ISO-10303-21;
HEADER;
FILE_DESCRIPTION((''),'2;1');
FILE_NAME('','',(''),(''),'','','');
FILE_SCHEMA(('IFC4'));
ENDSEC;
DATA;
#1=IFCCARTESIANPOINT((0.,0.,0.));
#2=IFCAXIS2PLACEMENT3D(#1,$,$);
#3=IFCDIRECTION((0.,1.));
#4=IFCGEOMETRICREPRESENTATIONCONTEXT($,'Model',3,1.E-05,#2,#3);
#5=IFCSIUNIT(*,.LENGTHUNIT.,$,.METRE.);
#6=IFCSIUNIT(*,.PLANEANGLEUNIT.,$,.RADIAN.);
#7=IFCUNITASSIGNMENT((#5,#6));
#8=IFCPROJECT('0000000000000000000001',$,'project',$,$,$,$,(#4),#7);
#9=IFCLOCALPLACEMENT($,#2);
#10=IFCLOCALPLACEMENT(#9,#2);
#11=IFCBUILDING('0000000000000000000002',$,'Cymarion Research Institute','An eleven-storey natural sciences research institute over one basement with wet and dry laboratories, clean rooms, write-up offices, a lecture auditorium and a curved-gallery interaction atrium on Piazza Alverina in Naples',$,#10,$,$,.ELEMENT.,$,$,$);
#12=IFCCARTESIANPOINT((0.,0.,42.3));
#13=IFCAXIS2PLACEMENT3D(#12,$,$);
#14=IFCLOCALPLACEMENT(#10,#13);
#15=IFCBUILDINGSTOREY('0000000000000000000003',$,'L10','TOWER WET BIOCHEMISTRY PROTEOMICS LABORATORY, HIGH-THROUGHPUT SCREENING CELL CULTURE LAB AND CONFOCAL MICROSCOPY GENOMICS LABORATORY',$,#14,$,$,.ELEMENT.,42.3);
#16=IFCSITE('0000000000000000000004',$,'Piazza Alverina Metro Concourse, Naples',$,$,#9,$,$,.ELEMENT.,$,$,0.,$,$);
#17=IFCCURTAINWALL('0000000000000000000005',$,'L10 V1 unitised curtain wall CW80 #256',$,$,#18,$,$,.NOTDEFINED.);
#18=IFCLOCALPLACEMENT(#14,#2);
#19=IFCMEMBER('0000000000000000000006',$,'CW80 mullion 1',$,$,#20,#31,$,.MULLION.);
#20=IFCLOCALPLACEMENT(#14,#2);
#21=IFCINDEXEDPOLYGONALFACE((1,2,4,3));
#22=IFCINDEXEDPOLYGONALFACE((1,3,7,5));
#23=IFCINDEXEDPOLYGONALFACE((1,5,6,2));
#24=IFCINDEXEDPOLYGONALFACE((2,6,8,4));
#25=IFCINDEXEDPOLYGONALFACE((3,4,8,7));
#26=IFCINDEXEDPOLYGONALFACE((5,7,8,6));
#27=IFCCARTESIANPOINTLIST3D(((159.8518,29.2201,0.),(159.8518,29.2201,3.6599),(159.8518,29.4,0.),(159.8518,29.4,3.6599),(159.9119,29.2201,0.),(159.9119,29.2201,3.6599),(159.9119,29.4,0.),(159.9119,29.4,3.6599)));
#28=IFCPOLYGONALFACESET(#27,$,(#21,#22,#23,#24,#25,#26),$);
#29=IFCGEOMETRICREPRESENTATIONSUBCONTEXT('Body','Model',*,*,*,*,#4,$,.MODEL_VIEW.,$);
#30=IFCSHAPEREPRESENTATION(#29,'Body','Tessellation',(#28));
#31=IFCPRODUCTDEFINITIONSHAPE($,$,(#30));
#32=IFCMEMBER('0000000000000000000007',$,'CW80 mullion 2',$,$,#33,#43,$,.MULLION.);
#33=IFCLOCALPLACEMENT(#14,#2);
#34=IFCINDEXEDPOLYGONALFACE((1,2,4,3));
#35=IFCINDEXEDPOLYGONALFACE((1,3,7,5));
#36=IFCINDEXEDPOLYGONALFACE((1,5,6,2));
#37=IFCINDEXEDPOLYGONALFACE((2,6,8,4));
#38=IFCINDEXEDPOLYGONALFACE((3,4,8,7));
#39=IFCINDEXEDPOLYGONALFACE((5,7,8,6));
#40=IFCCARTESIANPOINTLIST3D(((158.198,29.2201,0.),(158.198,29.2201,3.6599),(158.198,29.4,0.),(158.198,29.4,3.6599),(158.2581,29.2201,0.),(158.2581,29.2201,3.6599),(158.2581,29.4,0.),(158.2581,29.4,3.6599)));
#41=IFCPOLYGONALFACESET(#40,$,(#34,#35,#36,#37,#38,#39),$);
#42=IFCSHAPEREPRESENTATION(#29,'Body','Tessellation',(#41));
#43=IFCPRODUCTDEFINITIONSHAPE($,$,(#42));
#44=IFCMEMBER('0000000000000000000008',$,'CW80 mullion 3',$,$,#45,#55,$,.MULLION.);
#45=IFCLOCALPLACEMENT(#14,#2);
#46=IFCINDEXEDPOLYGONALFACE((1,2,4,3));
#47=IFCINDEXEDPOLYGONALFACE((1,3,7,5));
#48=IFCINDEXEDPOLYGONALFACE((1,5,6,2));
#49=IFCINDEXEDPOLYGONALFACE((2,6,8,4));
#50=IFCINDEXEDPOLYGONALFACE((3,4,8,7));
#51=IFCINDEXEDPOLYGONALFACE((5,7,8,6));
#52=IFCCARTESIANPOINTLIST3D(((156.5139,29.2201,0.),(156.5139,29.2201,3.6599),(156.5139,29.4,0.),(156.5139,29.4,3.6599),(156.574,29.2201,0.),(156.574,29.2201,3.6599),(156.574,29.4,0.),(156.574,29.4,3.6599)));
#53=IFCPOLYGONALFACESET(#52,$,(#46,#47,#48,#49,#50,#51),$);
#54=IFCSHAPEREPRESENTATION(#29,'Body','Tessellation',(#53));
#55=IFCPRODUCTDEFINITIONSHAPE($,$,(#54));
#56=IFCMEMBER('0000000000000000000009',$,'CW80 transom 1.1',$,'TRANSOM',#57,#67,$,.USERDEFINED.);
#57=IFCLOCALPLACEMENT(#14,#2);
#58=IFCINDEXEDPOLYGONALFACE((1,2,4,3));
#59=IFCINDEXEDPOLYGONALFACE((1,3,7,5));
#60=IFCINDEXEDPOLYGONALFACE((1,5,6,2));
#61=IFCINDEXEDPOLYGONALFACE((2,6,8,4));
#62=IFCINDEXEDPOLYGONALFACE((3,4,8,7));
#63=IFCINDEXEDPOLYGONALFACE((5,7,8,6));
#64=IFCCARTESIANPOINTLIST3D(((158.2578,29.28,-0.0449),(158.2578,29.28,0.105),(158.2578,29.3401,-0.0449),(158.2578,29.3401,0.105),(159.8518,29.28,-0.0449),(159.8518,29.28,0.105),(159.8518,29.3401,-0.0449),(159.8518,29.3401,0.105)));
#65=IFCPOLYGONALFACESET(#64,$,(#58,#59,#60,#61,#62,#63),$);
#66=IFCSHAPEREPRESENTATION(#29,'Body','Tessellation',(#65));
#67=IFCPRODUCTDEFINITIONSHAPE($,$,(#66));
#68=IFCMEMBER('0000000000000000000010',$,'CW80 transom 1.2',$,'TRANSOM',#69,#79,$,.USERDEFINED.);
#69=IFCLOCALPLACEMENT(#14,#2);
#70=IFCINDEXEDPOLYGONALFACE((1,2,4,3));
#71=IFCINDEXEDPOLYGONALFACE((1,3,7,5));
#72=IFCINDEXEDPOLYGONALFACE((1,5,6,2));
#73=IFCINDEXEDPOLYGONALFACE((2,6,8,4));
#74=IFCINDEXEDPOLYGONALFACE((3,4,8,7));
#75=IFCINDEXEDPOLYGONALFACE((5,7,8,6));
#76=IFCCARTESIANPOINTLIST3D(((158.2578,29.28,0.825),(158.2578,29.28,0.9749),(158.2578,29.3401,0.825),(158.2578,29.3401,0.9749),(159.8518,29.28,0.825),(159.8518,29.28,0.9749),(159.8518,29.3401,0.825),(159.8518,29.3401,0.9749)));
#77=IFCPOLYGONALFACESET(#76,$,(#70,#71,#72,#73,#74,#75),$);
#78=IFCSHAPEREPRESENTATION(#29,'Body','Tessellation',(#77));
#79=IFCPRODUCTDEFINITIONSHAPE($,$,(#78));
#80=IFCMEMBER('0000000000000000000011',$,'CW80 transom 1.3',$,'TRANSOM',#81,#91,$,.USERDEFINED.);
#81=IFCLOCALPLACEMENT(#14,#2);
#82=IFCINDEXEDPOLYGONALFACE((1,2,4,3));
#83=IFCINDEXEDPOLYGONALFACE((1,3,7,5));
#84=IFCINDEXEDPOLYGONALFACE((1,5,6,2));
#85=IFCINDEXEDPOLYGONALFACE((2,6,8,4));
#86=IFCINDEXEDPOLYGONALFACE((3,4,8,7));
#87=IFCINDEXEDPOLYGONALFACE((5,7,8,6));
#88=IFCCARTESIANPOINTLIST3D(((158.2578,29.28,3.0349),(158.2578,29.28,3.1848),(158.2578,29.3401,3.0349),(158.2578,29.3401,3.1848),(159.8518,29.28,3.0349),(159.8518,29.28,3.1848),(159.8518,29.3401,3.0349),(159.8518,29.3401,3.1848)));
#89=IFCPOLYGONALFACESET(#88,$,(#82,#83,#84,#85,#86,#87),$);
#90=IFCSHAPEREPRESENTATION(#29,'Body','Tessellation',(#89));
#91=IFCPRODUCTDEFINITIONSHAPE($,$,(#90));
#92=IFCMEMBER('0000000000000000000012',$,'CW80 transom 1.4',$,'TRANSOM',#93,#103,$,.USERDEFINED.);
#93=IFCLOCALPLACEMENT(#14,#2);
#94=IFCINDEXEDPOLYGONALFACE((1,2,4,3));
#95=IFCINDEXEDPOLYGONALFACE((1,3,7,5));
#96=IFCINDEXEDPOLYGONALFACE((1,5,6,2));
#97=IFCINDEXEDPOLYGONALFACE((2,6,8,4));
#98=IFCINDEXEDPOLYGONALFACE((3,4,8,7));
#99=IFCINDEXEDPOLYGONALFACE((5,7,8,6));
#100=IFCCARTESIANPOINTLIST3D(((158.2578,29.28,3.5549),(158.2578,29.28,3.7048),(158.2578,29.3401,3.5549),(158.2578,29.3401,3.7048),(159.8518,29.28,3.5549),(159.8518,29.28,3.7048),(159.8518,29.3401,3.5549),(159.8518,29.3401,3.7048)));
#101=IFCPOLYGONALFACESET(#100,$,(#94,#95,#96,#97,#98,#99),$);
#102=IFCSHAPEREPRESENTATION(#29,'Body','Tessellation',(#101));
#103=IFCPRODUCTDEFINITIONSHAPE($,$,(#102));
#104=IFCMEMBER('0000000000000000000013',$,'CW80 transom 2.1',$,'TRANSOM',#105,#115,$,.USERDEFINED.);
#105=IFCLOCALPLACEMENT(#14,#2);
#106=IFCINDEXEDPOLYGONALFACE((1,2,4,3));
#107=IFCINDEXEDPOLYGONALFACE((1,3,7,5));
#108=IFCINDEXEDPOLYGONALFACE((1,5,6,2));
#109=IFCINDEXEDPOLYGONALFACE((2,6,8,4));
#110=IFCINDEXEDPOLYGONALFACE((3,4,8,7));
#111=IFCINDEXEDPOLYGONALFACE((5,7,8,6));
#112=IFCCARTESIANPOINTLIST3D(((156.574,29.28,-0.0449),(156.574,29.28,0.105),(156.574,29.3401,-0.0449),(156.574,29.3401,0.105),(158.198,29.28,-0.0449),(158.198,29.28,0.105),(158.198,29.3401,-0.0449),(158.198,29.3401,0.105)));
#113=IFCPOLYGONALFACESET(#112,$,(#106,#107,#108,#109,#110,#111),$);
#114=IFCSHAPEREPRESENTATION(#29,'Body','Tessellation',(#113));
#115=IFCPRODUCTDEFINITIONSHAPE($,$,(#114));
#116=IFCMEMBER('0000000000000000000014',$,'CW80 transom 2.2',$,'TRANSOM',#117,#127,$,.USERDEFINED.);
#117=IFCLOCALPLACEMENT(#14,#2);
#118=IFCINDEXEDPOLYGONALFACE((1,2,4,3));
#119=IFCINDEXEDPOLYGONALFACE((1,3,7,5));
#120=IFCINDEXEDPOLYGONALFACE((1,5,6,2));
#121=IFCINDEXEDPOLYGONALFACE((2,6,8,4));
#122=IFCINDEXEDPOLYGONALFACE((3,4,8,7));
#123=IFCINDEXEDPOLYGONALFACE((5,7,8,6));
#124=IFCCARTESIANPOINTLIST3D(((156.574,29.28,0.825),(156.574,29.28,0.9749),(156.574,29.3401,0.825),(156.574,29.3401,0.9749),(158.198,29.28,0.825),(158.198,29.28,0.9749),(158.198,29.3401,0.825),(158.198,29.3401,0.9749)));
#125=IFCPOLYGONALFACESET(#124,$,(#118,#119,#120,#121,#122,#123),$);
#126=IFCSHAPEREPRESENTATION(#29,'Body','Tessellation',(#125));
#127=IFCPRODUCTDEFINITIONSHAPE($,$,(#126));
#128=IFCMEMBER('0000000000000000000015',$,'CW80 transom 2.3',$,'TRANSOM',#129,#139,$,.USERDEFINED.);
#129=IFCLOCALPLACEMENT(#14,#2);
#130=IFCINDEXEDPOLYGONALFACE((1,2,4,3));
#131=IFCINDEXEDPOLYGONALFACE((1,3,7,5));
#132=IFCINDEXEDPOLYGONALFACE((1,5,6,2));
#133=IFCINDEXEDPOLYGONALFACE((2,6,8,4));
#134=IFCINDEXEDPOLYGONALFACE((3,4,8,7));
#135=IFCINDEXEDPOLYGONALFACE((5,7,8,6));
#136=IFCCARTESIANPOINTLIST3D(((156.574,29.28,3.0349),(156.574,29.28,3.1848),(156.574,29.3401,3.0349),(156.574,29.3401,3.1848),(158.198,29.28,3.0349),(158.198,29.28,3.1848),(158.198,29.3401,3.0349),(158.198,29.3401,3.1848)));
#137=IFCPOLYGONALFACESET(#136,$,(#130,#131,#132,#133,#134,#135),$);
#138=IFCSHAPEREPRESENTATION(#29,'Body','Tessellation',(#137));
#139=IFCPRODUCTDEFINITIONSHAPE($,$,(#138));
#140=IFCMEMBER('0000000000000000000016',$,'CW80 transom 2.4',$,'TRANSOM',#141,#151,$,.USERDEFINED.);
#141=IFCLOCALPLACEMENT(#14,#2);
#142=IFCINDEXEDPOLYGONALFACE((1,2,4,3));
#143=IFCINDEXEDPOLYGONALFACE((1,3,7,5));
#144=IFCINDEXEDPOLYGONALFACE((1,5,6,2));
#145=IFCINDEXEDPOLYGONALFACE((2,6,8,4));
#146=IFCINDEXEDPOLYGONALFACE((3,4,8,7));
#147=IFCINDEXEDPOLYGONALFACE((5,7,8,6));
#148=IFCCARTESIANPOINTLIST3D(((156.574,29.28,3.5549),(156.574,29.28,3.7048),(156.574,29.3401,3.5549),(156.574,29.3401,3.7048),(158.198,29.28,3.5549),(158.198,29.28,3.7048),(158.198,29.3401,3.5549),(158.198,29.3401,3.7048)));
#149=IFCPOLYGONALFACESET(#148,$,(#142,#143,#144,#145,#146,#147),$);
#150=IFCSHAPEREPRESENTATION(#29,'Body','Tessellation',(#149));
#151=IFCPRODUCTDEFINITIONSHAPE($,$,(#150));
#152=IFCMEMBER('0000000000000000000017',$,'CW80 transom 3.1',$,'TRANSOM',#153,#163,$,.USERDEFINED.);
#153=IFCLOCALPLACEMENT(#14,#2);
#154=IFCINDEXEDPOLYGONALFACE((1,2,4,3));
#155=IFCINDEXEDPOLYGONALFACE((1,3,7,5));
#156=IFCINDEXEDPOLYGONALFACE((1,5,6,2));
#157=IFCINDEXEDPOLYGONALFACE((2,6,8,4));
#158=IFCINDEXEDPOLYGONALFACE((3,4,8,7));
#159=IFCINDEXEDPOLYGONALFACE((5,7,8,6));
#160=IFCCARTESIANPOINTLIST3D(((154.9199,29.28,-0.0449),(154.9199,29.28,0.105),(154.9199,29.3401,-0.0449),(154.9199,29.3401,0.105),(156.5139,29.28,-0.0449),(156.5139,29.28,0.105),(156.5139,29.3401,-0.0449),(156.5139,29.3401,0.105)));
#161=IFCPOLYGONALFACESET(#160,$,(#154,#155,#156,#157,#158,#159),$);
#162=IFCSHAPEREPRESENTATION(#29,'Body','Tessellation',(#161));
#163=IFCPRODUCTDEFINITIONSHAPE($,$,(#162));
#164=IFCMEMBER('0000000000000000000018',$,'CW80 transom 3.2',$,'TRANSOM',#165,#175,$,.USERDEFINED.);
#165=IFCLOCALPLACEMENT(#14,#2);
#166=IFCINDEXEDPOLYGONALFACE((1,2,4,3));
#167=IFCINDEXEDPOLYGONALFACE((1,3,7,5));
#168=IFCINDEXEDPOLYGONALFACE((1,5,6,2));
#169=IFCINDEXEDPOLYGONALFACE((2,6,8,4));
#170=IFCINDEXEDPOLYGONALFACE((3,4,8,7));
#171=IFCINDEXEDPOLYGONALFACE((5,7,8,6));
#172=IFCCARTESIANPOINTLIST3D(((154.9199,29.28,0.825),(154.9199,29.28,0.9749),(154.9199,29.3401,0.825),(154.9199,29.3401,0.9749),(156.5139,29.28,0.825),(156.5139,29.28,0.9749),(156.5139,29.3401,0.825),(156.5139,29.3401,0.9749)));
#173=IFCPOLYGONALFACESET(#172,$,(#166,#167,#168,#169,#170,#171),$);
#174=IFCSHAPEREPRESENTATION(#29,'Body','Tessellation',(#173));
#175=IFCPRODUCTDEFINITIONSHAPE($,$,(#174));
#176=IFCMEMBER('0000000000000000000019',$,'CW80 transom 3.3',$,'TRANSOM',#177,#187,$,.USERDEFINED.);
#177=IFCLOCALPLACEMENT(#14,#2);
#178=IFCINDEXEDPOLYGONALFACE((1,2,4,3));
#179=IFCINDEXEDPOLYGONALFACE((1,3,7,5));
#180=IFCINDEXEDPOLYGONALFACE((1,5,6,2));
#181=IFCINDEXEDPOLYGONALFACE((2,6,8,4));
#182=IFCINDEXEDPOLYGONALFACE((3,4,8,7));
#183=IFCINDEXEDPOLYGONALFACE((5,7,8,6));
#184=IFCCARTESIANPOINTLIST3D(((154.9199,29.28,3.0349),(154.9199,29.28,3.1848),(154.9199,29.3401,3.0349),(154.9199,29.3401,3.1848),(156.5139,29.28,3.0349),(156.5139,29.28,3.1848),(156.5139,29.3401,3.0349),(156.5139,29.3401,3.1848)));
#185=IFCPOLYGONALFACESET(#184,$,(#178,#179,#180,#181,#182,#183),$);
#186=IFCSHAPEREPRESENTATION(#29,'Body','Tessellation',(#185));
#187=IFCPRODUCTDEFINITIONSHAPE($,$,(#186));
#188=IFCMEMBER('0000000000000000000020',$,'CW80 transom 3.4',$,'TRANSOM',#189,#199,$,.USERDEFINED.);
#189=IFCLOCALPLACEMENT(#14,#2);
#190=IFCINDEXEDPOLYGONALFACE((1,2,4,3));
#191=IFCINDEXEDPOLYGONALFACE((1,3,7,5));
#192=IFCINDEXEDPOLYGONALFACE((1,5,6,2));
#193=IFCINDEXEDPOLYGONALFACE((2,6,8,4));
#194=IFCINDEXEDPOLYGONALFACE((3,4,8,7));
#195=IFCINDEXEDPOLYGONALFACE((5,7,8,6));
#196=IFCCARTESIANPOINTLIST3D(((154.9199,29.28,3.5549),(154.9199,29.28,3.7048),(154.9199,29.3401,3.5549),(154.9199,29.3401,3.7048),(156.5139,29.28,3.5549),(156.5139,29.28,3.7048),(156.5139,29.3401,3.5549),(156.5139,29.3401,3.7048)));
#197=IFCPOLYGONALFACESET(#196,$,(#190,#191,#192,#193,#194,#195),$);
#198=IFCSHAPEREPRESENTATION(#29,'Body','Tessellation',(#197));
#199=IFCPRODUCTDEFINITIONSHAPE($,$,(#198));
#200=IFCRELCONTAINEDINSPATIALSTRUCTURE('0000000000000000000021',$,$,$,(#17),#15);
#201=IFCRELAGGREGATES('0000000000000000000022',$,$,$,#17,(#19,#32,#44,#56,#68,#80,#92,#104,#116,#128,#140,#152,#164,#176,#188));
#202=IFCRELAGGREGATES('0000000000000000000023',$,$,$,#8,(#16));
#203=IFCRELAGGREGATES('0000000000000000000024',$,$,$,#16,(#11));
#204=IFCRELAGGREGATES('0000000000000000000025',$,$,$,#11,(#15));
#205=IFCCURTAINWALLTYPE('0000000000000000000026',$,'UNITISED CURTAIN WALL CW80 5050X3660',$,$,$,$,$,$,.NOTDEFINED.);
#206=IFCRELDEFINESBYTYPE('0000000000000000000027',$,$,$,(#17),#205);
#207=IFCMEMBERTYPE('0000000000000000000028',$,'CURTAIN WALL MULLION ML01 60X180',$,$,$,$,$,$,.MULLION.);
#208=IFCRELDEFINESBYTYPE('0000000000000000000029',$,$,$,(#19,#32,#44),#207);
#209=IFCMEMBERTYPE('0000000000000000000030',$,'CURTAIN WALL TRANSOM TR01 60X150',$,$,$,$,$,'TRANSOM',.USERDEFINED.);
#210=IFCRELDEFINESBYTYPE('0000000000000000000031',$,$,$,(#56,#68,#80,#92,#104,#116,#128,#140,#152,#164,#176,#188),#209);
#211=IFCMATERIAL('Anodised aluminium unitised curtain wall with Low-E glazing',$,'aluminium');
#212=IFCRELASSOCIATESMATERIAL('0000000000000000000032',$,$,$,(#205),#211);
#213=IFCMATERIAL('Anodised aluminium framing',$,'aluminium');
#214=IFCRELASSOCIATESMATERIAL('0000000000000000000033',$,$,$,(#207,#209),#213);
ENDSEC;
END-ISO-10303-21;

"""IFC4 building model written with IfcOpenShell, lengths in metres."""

from ifc_helpers import new_model, si_unit, direction, frame, origin, origin_2d, place, context, subcontext, project, spatial, rectangle, extrude, material, material_profile, profile_set, type_object, element, aggregate, save


model = new_model("IFC4")

# Units and contexts
model_context = context("Model", 3, precision=1e-05, world=origin(), true_north=direction((0.0, 1.0)))
body_context = subcontext(model_context, "Body", "Model", "MODEL_VIEW")
ifc_project = project(units=[si_unit("LENGTHUNIT", "METRE"), si_unit("PLANEANGLEUNIT", "RADIAN")], contexts=[model_context])

# Site, building, storey
site_placement = place(None, origin())
site = spatial("IfcSite", under=ifc_project, at=site_placement, Name="Piazza Alverina Metro Concourse, Naples", CompositionType="ELEMENT", RefElevation=0.0)
building_placement = place(site_placement, origin())
building = spatial("IfcBuilding", under=site, at=building_placement, Name="Cymarion Research Institute", Description="An eleven-storey natural sciences research institute over one basement with wet and dry laboratories, clean rooms, write-up offices, a lecture auditorium and a curved-gallery interaction atrium on Piazza Alverina in Naples", CompositionType="ELEMENT")
storey_placement = place(building_placement, frame((0.0, 0.0, 42.3)))
storey = spatial("IfcBuildingStorey", under=building, at=storey_placement, Name="L10", Description="TOWER WET BIOCHEMISTRY PROTEOMICS LABORATORY, HIGH-THROUGHPUT SCREENING CELL CULTURE LAB AND CONFOCAL MICROSCOPY GENOMICS LABORATORY", CompositionType="ELEMENT", Elevation=42.3)

# Curtain wall, members
ifc_material_1 = material(Name="Anodised aluminium unitised curtain wall with Low-E glazing", Category="aluminium")
curtain_wall_type = type_object("IfcCurtainWallType", Name="UNITISED CURTAIN WALL CW80 5050X3660", PredefinedType="NOTDEFINED", material=ifc_material_1)
curtain_wall_placement = place(storey_placement, origin())
curtain_wall = element("IfcCurtainWall", 1, at=curtain_wall_placement, inside=storey, type_object=curtain_wall_type, Name="L10 V1 unitised curtain wall CW80 #256", PredefinedType="NOTDEFINED")
ifc_material_2 = material(Name="Anodised aluminium framing", Category="aluminium")
ifc_material_profile_1 = material_profile(ifc_material_2, rectangle(XDim=0.0601, YDim=0.1799, at=origin_2d()), Name="ALU MULLION 60x180")
ifc_profile_set_1 = profile_set([ifc_material_profile_1], Name="Anodised aluminium framing")
member_type_1 = type_object("IfcMemberType", Name="CURTAIN WALL MULLION ML01 60X180", PredefinedType="MULLION", material=ifc_profile_set_1)
member_1_placement = place(storey_placement, frame((159.8818, 29.3101, 0.0), z_axis=(0.0, 0.0, 1.0), x_axis=(-1.0, 0.0, 0.0)))
member_1 = element("IfcMember", 2, at=member_1_placement, type_object=member_type_1, Name="CW80 mullion 1", PredefinedType="MULLION", context=body_context, shape_type="SweptSolid", body=[
    extrude(rectangle(XDim=0.0601, YDim=0.1799, at=origin_2d()), origin(), (0.0, 0.0, 1.0), 3.6599),
])
member_2_placement = place(storey_placement, frame((158.228, 29.3101, 0.0), z_axis=(0.0, 0.0, 1.0), x_axis=(-1.0, 0.0, 0.0)))
member_2 = element("IfcMember", 3, at=member_2_placement, type_object=member_type_1, Name="CW80 mullion 2", PredefinedType="MULLION", context=body_context, shape_type="SweptSolid", body=[
    extrude(rectangle(XDim=0.0601, YDim=0.1799, at=origin_2d()), origin(), (0.0, 0.0, 1.0), 3.6599),
])
member_3_placement = place(storey_placement, frame((156.5439, 29.3101, 0.0), z_axis=(0.0, 0.0, 1.0), x_axis=(-1.0, 0.0, 0.0)))
member_3 = element("IfcMember", 4, at=member_3_placement, type_object=member_type_1, Name="CW80 mullion 3", PredefinedType="MULLION", context=body_context, shape_type="SweptSolid", body=[
    extrude(rectangle(XDim=0.0601, YDim=0.1799, at=origin_2d()), origin(), (0.0, 0.0, 1.0), 3.6599),
])
ifc_material_profile_2 = material_profile(ifc_material_2, rectangle(XDim=0.0601, YDim=0.1499, at=origin_2d()), Name="ALU TRANSOM 60x150")
ifc_profile_set_2 = profile_set([ifc_material_profile_2], Name="Anodised aluminium framing")
member_type_2 = type_object("IfcMemberType", Name="CURTAIN WALL TRANSOM TR01 60X150", ElementType="TRANSOM", PredefinedType="USERDEFINED", material=ifc_profile_set_2)
member_4_placement = place(storey_placement, frame((159.8518, 29.3101, 0.03), z_axis=(-1.0, 0.0, 0.0), x_axis=(0.0, -1.0, 0.0)))
member_4 = element("IfcMember", 5, at=member_4_placement, type_object=member_type_2, Name="CW80 transom 1.1", ObjectType="TRANSOM", PredefinedType="USERDEFINED", context=body_context, shape_type="SweptSolid", body=[
    extrude(rectangle(XDim=0.0601, YDim=0.1499, at=origin_2d()), origin(), (0.0, 0.0, 1.0), 1.594),
])
member_5_placement = place(storey_placement, frame((159.8518, 29.3101, 0.8999), z_axis=(-1.0, 0.0, 0.0), x_axis=(0.0, -1.0, 0.0)))
member_5 = element("IfcMember", 6, at=member_5_placement, type_object=member_type_2, Name="CW80 transom 1.2", ObjectType="TRANSOM", PredefinedType="USERDEFINED", context=body_context, shape_type="SweptSolid", body=[
    extrude(rectangle(XDim=0.0601, YDim=0.1499, at=origin_2d()), origin(), (0.0, 0.0, 1.0), 1.594),
])
member_6_placement = place(storey_placement, frame((159.8518, 29.3101, 3.1099), z_axis=(-1.0, 0.0, 0.0), x_axis=(0.0, -1.0, 0.0)))
member_6 = element("IfcMember", 7, at=member_6_placement, type_object=member_type_2, Name="CW80 transom 1.3", ObjectType="TRANSOM", PredefinedType="USERDEFINED", context=body_context, shape_type="SweptSolid", body=[
    extrude(rectangle(XDim=0.0601, YDim=0.1499, at=origin_2d()), origin(), (0.0, 0.0, 1.0), 1.594),
])
member_7_placement = place(storey_placement, frame((159.8518, 29.3101, 3.6299), z_axis=(-1.0, 0.0, 0.0), x_axis=(0.0, -1.0, 0.0)))
member_7 = element("IfcMember", 8, at=member_7_placement, type_object=member_type_2, Name="CW80 transom 1.4", ObjectType="TRANSOM", PredefinedType="USERDEFINED", context=body_context, shape_type="SweptSolid", body=[
    extrude(rectangle(XDim=0.0601, YDim=0.1499, at=origin_2d()), origin(), (0.0, 0.0, 1.0), 1.594),
])
member_8_placement = place(storey_placement, frame((158.198, 29.3101, 0.03), z_axis=(-1.0, 0.0, 0.0), x_axis=(0.0, -1.0, 0.0)))
member_8 = element("IfcMember", 9, at=member_8_placement, type_object=member_type_2, Name="CW80 transom 2.1", ObjectType="TRANSOM", PredefinedType="USERDEFINED", context=body_context, shape_type="SweptSolid", body=[
    extrude(rectangle(XDim=0.0601, YDim=0.1499, at=origin_2d()), origin(), (0.0, 0.0, 1.0), 1.624),
])
member_9_placement = place(storey_placement, frame((158.198, 29.3101, 0.8999), z_axis=(-1.0, 0.0, 0.0), x_axis=(0.0, -1.0, 0.0)))
member_9 = element("IfcMember", 10, at=member_9_placement, type_object=member_type_2, Name="CW80 transom 2.2", ObjectType="TRANSOM", PredefinedType="USERDEFINED", context=body_context, shape_type="SweptSolid", body=[
    extrude(rectangle(XDim=0.0601, YDim=0.1499, at=origin_2d()), origin(), (0.0, 0.0, 1.0), 1.624),
])
member_10_placement = place(storey_placement, frame((158.198, 29.3101, 3.1099), z_axis=(-1.0, 0.0, 0.0), x_axis=(0.0, -1.0, 0.0)))
member_10 = element("IfcMember", 11, at=member_10_placement, type_object=member_type_2, Name="CW80 transom 2.3", ObjectType="TRANSOM", PredefinedType="USERDEFINED", context=body_context, shape_type="SweptSolid", body=[
    extrude(rectangle(XDim=0.0601, YDim=0.1499, at=origin_2d()), origin(), (0.0, 0.0, 1.0), 1.624),
])
member_11_placement = place(storey_placement, frame((158.198, 29.3101, 3.6299), z_axis=(-1.0, 0.0, 0.0), x_axis=(0.0, -1.0, 0.0)))
member_11 = element("IfcMember", 12, at=member_11_placement, type_object=member_type_2, Name="CW80 transom 2.4", ObjectType="TRANSOM", PredefinedType="USERDEFINED", context=body_context, shape_type="SweptSolid", body=[
    extrude(rectangle(XDim=0.0601, YDim=0.1499, at=origin_2d()), origin(), (0.0, 0.0, 1.0), 1.624),
])
member_12_placement = place(storey_placement, frame((156.5139, 29.3101, 0.03), z_axis=(-1.0, 0.0, 0.0), x_axis=(0.0, -1.0, 0.0)))
member_12 = element("IfcMember", 13, at=member_12_placement, type_object=member_type_2, Name="CW80 transom 3.1", ObjectType="TRANSOM", PredefinedType="USERDEFINED", context=body_context, shape_type="SweptSolid", body=[
    extrude(rectangle(XDim=0.0601, YDim=0.1499, at=origin_2d()), origin(), (0.0, 0.0, 1.0), 1.594),
])
member_13_placement = place(storey_placement, frame((156.5139, 29.3101, 0.8999), z_axis=(-1.0, 0.0, 0.0), x_axis=(0.0, -1.0, 0.0)))
member_13 = element("IfcMember", 14, at=member_13_placement, type_object=member_type_2, Name="CW80 transom 3.2", ObjectType="TRANSOM", PredefinedType="USERDEFINED", context=body_context, shape_type="SweptSolid", body=[
    extrude(rectangle(XDim=0.0601, YDim=0.1499, at=origin_2d()), origin(), (0.0, 0.0, 1.0), 1.594),
])
member_14_placement = place(storey_placement, frame((156.5139, 29.3101, 3.1099), z_axis=(-1.0, 0.0, 0.0), x_axis=(0.0, -1.0, 0.0)))
member_14 = element("IfcMember", 15, at=member_14_placement, type_object=member_type_2, Name="CW80 transom 3.3", ObjectType="TRANSOM", PredefinedType="USERDEFINED", context=body_context, shape_type="SweptSolid", body=[
    extrude(rectangle(XDim=0.0601, YDim=0.1499, at=origin_2d()), origin(), (0.0, 0.0, 1.0), 1.594),
])
member_15_placement = place(storey_placement, frame((156.5139, 29.3101, 3.6299), z_axis=(-1.0, 0.0, 0.0), x_axis=(0.0, -1.0, 0.0)))
member_15 = element("IfcMember", 16, at=member_15_placement, type_object=member_type_2, Name="CW80 transom 3.4", ObjectType="TRANSOM", PredefinedType="USERDEFINED", context=body_context, shape_type="SweptSolid", body=[
    extrude(rectangle(XDim=0.0601, YDim=0.1499, at=origin_2d()), origin(), (0.0, 0.0, 1.0), 1.594),
])
aggregate(curtain_wall, [member_1, member_2, member_3, member_4, member_5, member_6, member_7, member_8, member_9, member_10, member_11, member_12, member_13, member_14, member_15])

save(model, "model.ifc")
